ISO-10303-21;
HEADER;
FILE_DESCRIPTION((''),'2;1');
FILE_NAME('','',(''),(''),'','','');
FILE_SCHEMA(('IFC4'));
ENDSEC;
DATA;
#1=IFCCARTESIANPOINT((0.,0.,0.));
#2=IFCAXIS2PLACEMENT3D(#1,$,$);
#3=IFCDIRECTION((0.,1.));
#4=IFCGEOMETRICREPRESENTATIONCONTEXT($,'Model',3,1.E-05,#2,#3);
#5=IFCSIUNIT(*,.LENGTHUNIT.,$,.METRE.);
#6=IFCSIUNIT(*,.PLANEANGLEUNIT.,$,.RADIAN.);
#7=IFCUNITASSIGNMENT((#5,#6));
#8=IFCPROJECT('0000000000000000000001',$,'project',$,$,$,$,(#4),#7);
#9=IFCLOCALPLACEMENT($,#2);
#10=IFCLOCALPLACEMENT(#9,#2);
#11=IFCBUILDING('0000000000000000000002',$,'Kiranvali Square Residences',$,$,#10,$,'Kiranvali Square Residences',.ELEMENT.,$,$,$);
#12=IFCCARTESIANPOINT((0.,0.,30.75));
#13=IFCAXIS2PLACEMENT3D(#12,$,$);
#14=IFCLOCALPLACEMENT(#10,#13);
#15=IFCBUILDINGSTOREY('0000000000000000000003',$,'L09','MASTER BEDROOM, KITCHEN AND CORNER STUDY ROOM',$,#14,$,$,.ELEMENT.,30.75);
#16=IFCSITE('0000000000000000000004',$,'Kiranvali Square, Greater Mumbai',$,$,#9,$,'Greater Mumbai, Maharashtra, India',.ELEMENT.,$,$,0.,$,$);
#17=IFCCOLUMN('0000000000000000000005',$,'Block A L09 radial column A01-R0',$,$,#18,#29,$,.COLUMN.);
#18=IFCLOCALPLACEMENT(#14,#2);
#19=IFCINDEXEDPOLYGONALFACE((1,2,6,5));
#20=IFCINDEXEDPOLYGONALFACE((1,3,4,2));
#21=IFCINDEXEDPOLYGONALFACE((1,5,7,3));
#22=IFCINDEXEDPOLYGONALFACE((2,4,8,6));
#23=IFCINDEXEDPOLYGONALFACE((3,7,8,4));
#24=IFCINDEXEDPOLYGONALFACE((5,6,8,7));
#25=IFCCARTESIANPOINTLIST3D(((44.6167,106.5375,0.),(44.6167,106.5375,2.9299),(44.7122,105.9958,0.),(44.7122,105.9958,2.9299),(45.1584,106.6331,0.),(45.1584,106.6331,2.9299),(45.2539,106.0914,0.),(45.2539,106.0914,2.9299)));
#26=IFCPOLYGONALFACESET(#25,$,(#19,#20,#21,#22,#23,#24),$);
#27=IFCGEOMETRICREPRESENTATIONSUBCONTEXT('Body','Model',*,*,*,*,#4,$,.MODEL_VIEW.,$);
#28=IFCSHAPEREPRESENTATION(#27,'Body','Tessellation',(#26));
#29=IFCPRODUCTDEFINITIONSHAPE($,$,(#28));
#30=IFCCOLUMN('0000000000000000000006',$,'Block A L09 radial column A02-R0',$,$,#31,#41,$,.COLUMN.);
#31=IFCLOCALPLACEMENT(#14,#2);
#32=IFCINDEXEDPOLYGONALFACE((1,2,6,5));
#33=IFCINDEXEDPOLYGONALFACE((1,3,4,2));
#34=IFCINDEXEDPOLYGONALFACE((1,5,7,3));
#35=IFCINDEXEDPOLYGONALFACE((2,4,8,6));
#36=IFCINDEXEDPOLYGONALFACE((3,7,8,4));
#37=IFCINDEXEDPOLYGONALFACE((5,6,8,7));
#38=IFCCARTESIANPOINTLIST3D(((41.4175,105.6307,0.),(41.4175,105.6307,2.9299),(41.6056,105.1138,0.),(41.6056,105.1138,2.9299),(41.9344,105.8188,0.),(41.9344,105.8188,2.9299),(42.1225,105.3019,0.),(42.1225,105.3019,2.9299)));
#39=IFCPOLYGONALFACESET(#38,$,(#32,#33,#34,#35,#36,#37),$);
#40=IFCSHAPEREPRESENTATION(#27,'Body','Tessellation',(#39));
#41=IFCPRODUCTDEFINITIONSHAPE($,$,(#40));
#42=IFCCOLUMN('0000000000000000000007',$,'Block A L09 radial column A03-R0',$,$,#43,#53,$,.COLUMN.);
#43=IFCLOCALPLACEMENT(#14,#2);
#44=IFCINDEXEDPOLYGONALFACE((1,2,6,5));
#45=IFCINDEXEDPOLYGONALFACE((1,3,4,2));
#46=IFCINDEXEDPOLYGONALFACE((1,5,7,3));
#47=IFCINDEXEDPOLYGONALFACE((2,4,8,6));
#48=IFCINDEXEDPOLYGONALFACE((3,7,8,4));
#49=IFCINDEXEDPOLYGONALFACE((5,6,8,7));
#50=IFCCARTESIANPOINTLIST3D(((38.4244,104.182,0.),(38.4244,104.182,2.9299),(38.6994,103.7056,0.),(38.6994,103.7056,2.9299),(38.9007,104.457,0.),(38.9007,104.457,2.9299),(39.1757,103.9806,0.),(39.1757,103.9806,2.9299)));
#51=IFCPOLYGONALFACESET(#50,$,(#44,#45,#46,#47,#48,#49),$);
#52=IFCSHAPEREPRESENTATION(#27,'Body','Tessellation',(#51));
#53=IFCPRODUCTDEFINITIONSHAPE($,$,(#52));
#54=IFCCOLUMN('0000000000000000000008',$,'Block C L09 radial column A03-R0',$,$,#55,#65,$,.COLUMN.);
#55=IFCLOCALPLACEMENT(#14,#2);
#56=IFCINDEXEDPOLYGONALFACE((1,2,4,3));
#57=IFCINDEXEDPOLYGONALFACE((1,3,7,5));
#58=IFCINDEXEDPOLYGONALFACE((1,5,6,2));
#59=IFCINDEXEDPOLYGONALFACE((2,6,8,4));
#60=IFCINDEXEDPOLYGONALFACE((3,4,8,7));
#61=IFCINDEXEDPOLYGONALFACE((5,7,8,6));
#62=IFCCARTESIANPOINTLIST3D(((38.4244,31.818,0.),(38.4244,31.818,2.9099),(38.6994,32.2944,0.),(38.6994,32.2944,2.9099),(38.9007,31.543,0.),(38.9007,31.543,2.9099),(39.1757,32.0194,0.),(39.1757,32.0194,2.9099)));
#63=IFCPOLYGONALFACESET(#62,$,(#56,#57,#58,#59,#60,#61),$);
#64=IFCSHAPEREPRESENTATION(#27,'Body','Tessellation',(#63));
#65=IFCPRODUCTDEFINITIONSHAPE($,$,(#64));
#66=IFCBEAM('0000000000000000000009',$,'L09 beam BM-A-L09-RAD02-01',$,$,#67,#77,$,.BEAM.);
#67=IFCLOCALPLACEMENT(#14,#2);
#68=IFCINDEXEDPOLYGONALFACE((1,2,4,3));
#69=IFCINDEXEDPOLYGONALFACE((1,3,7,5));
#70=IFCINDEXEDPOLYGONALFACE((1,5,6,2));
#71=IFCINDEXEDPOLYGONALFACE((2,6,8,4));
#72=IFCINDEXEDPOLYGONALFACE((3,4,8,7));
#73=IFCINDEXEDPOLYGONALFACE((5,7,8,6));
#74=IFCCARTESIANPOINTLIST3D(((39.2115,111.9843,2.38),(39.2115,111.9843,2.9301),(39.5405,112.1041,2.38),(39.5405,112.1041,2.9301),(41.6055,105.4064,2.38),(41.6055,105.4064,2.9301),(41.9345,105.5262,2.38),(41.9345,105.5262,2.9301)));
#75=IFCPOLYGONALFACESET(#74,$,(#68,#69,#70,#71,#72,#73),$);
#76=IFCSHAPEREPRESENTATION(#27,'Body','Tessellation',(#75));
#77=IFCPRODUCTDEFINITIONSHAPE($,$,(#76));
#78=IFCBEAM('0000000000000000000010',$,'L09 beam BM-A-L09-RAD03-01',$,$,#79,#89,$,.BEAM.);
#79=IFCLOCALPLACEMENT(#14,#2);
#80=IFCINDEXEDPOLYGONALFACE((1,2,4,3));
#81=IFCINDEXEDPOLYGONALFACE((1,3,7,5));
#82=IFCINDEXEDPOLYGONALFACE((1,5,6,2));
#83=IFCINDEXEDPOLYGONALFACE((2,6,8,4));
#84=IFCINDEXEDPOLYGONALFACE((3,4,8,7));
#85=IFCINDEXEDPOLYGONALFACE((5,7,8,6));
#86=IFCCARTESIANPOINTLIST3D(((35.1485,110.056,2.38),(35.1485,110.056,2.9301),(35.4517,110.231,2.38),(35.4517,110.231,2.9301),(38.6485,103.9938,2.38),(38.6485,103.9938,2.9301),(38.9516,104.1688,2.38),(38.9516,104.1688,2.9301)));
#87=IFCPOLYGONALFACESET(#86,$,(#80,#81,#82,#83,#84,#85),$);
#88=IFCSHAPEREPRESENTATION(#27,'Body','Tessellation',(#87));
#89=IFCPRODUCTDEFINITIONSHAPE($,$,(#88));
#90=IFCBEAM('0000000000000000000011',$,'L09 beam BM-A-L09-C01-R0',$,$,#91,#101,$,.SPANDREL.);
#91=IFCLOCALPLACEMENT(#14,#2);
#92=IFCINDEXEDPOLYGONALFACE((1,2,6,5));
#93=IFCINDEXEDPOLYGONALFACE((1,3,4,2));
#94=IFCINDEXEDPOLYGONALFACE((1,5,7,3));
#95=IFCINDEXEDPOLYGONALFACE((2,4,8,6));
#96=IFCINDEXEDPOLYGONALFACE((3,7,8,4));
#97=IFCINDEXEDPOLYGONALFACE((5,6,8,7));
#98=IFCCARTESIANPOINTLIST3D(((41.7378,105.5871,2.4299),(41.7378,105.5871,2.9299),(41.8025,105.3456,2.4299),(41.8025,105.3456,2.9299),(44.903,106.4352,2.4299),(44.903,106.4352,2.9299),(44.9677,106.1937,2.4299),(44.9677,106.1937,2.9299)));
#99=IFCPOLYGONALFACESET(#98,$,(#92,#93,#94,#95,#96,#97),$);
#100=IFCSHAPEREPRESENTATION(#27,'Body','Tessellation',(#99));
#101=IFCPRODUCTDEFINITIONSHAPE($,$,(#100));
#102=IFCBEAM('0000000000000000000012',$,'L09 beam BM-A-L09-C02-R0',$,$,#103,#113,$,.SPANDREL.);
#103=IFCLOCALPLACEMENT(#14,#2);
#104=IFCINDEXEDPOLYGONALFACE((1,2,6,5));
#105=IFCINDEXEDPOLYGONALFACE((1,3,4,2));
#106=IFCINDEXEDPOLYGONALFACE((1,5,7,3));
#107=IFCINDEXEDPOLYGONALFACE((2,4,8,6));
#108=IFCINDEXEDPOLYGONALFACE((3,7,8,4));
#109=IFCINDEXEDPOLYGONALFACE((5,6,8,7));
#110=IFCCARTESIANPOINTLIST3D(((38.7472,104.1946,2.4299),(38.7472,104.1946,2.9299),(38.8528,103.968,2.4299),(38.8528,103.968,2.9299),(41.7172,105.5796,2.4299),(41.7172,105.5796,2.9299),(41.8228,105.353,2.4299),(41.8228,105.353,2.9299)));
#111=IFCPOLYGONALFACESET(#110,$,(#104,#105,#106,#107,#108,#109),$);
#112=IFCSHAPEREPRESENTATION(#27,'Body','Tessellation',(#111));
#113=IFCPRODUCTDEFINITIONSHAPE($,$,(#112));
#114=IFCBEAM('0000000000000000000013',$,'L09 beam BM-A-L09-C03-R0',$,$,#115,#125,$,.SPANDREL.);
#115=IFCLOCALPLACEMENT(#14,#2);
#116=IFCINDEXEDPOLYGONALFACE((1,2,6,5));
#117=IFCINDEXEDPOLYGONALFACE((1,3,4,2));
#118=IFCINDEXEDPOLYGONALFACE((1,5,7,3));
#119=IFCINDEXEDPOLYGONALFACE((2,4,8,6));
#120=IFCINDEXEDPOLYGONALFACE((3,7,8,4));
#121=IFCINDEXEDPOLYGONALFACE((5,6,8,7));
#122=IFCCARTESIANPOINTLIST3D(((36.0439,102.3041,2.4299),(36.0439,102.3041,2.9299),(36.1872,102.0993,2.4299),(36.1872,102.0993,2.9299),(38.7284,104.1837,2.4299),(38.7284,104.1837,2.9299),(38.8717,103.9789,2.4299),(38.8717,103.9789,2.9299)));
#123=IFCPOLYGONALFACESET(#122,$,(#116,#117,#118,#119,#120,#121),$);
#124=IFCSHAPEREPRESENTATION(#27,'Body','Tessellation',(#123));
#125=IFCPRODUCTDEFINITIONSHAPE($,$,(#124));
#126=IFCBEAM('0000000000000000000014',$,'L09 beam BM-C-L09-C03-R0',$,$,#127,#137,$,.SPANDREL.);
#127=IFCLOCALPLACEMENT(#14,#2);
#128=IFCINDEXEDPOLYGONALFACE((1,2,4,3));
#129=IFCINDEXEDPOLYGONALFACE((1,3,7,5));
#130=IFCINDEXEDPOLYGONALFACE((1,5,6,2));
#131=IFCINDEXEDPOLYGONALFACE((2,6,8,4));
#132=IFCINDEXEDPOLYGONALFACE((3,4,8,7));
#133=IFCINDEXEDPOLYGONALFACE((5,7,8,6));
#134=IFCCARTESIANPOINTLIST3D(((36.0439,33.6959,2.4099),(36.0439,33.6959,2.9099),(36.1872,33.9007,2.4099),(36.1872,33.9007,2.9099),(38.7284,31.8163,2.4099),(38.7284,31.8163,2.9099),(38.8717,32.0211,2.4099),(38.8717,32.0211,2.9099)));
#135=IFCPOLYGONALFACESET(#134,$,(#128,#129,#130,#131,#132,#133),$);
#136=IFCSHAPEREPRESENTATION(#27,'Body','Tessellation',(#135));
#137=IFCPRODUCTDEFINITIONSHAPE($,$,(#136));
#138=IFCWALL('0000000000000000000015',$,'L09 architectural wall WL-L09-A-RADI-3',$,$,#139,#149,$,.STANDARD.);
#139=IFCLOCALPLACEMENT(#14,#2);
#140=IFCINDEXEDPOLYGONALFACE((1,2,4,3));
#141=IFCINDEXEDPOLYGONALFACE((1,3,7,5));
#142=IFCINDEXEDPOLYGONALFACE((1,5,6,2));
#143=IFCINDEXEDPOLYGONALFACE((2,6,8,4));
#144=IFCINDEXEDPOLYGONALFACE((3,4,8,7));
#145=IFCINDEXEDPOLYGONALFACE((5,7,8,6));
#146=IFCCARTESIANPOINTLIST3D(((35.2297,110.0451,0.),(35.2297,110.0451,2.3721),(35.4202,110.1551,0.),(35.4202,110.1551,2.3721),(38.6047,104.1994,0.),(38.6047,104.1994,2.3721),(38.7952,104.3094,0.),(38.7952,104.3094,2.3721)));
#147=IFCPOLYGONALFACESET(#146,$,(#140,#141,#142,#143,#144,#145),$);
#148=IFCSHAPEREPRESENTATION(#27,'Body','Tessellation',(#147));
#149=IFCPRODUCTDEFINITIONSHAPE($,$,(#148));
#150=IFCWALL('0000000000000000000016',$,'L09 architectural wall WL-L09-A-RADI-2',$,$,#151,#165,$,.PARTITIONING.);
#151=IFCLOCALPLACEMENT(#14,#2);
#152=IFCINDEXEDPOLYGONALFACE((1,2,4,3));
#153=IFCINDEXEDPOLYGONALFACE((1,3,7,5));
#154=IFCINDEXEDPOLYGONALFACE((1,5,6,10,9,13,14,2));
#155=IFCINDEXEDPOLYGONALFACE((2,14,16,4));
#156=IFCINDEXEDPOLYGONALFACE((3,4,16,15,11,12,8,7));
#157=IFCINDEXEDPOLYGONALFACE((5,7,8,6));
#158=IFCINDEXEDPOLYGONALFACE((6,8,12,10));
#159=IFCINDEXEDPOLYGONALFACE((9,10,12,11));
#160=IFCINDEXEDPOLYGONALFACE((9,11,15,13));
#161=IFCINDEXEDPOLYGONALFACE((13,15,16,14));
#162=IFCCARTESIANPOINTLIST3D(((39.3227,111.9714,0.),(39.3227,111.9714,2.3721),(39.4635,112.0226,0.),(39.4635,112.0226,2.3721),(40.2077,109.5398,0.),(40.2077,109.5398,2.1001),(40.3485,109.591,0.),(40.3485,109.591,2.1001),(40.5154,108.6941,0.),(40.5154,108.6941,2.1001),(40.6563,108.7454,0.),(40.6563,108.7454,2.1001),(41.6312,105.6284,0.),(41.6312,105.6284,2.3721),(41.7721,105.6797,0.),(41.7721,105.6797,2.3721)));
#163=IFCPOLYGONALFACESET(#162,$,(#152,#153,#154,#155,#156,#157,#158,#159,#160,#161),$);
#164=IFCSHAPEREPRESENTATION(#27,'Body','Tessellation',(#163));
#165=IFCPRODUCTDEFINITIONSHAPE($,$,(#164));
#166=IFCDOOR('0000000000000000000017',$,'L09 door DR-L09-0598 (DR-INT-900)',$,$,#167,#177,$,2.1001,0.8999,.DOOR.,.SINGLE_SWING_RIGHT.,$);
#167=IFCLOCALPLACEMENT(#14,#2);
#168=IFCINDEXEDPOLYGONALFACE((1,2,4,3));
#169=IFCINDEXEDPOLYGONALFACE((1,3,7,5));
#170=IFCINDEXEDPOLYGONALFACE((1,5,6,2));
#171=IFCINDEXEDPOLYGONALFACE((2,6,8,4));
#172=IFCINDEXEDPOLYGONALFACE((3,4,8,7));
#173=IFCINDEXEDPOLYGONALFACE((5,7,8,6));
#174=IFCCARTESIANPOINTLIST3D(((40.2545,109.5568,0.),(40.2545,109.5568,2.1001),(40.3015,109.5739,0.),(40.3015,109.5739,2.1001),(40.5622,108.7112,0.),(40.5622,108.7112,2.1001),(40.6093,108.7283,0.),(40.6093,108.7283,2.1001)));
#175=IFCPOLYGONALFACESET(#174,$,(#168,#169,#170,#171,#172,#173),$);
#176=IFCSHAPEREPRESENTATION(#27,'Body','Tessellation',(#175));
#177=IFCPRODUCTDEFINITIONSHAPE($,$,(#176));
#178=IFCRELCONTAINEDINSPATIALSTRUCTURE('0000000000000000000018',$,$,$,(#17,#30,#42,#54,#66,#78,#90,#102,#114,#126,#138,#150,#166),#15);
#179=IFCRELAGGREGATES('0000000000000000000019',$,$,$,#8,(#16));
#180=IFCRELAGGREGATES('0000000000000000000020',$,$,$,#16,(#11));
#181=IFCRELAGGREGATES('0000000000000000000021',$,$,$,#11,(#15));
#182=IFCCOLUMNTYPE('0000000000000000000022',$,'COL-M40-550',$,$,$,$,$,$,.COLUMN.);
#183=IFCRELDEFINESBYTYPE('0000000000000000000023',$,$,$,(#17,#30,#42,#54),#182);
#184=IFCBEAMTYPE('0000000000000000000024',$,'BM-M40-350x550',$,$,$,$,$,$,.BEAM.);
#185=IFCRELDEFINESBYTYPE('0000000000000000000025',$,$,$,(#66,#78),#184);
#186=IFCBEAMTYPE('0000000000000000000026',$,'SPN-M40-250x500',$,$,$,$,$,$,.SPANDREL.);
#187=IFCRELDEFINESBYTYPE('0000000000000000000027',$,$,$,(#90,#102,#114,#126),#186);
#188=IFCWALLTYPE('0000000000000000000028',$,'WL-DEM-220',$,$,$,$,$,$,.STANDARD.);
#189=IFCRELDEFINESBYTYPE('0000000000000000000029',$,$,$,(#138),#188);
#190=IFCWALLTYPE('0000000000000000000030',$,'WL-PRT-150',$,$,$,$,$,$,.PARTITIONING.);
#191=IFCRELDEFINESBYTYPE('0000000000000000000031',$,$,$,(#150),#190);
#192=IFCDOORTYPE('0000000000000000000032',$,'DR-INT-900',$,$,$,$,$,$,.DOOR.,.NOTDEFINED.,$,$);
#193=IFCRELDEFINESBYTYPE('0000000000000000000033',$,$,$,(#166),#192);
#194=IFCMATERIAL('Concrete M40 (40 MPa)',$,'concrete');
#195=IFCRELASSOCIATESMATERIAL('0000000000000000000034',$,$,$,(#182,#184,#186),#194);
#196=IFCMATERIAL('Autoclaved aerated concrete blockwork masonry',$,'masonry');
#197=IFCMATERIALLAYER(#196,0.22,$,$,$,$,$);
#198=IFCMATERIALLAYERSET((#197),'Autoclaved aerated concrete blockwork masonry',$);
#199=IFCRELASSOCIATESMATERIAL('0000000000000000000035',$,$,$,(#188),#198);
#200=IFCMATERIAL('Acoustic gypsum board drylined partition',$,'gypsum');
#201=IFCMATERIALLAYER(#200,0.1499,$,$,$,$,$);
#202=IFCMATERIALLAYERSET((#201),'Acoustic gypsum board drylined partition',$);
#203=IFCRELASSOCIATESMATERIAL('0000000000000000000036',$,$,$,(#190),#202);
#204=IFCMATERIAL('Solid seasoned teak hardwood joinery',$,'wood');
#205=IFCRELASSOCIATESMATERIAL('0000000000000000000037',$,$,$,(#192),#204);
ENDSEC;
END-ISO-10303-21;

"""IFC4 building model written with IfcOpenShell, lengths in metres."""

from ifc_helpers import new_model, si_unit, direction, frame, frame_2d, origin, origin_2d, place, context, subcontext, project, spatial, rectangle, extrude, material, layer, layer_set, material_profile, profile_set, type_object, element, fill, save


model = new_model("IFC4")

# Units and contexts
model_context = context("Model", 3, precision=1e-05, world=origin(), true_north=direction((0.0, 1.0)))
body_context = subcontext(model_context, "Body", "Model", "MODEL_VIEW")
ifc_project = project(units=[si_unit("LENGTHUNIT", "METRE"), si_unit("PLANEANGLEUNIT", "RADIAN")], contexts=[model_context])

# Site, building, storey
site_placement = place(None, origin())
site = spatial("IfcSite", under=ifc_project, at=site_placement, Name="Kiranvali Square, Greater Mumbai", LongName="Greater Mumbai, Maharashtra, India", CompositionType="ELEMENT", RefElevation=0.0)
building_placement = place(site_placement, origin())
building = spatial("IfcBuilding", under=site, at=building_placement, Name="Kiranvali Square Residences", LongName="Kiranvali Square Residences", CompositionType="ELEMENT")
storey_placement = place(building_placement, frame((0.0, 0.0, 30.75)))
storey = spatial("IfcBuildingStorey", under=building, at=storey_placement, Name="L09", Description="MASTER BEDROOM, KITCHEN AND CORNER STUDY ROOM", CompositionType="ELEMENT", Elevation=30.75)

# Columns
ifc_material_1 = material(Name="Concrete M40 (40 MPa)", Category="concrete")
ifc_material_profile_1 = material_profile(ifc_material_1, rectangle(XDim=0.55, YDim=0.55, at=origin_2d()), Name="RC 550x550")
ifc_profile_set_1 = profile_set([ifc_material_profile_1], Name="Concrete M40 (40 MPa)")
column_type = type_object("IfcColumnType", Name="COL-M40-550", PredefinedType="COLUMN", material=ifc_profile_set_1)
for number, where, z_axis, x_axis, name in (
    (1, (44.9353, 106.3145, 0.0), (0.0, 0.0, 1.0), (0.984808, 0.173648, 0.0), "Block A L09 radial column A01-R0"),
    (2, (41.77, 105.4663, 0.0), (0.0, 0.0, 1.0), (0.939693, 0.34202, 0.0), "Block A L09 radial column A02-R0"),
    (3, (38.8, 104.0813, 0.0), (0.0, 0.0, 1.0), (0.866025, 0.5, 0.0), "Block A L09 radial column A03-R0"),
):
    element("IfcColumn", number, at=place(storey_placement, frame(where, z_axis=z_axis, x_axis=x_axis)), inside=storey, type_object=column_type, Name=name, PredefinedType="COLUMN", context=body_context, shape_type="SweptSolid", body=[
        extrude(rectangle(XDim=0.55, YDim=0.55, at=origin_2d()), origin(), (0.0, 0.0, 1.0), 2.9299),
    ])
column_placement = place(storey_placement, frame((38.8, 31.9187, 0.0), z_axis=(0.0, 0.0, 1.0), x_axis=(-0.866025, 0.5, 0.0)))
element("IfcColumn", 4, at=column_placement, inside=storey, type_object=column_type, Name="Block C L09 radial column A03-R0", PredefinedType="COLUMN", context=body_context, shape_type="SweptSolid", body=[
    extrude(rectangle(XDim=0.55, YDim=0.55, at=origin_2d()), origin(), (0.0, 0.0, 1.0), 2.9099),
])

# Beams
ifc_material_profile_2 = material_profile(ifc_material_1, rectangle(XDim=0.3501, YDim=0.55, at=origin_2d()), Name="RC 350x550")
ifc_profile_set_2 = profile_set([ifc_material_profile_2], Name="Concrete M40 (40 MPa)")
beam_type_1 = type_object("IfcBeamType", Name="BM-M40-350x550", PredefinedType="BEAM", material=ifc_profile_set_2)
for number, where, z_axis, x_axis, name in (
    (5, (41.77, 105.4663, 2.655), (-0.342006, 0.939698, 0.0), (-0.939698, -0.342006, 0.0), "L09 beam BM-A-L09-RAD02-01"),
    (6, (38.8, 104.0813, 2.655), (-0.499995, 0.866028, 0.0), (-0.866028, -0.499995, 0.0), "L09 beam BM-A-L09-RAD03-01"),
):
    element("IfcBeam", number, at=place(storey_placement, frame(where, z_axis=z_axis, x_axis=x_axis)), inside=storey, type_object=beam_type_1, Name=name, PredefinedType="BEAM", context=body_context, shape_type="SweptSolid", body=[
        extrude(rectangle(XDim=0.3501, YDim=0.55, at=origin_2d()), origin(), (0.0, 0.0, 1.0), 7.0),
    ])
ifc_material_profile_3 = material_profile(ifc_material_1, rectangle(XDim=0.25, YDim=0.5, at=origin_2d()), Name="RC 250x500")
ifc_profile_set_3 = profile_set([ifc_material_profile_3], Name="Concrete M40 (40 MPa)")
beam_type_2 = type_object("IfcBeamType", Name="SPN-M40-250x500", PredefinedType="SPANDREL", material=ifc_profile_set_3)
beam_placement = place(storey_placement, frame((44.9353, 106.3145, 2.6799), z_axis=(-0.965925, -0.258822, 0.0), x_axis=(0.258822, -0.965925, 0.0)))
element("IfcBeam", 7, at=beam_placement, inside=storey, type_object=beam_type_2, Name="L09 beam BM-A-L09-C01-R0", PredefinedType="SPANDREL", context=body_context, shape_type="SweptSolid", body=[
    extrude(rectangle(XDim=0.25, YDim=0.5, at=origin_2d()), origin(), (0.0, 0.0, 1.0), 3.2769),
])
for number, where, z_axis, x_axis, name in (
    (8, (41.77, 105.4663, 2.6799), (-0.906297, -0.422641, 0.0), (0.422641, -0.906297, 0.0), "L09 beam BM-A-L09-C02-R0"),
    (9, (38.8, 104.0813, 2.6799), (-0.819169, -0.573552, 0.0), (0.573552, -0.819169, 0.0), "L09 beam BM-A-L09-C03-R0"),
    (10, (38.8, 31.9187, 2.6599), (-0.819169, 0.573552, 0.0), (-0.573552, -0.819169, 0.0), "L09 beam BM-C-L09-C03-R0"),
):
    element("IfcBeam", number, at=place(storey_placement, frame(where, z_axis=z_axis, x_axis=x_axis)), inside=storey, type_object=beam_type_2, Name=name, PredefinedType="SPANDREL", context=body_context, shape_type="SweptSolid", body=[
        extrude(rectangle(XDim=0.25, YDim=0.5, at=origin_2d()), origin(), (0.0, 0.0, 1.0), 3.2771),
    ])

# Wall
ifc_material_2 = material(Name="Autoclaved aerated concrete blockwork masonry", Category="masonry")
ifc_layer_1 = layer(ifc_material_2, 0.22)
ifc_layer_set_1 = layer_set([ifc_layer_1], Name="Autoclaved aerated concrete blockwork masonry")
wall_type_1 = type_object("IfcWallType", Name="WL-DEM-220", PredefinedType="STANDARD", material=ifc_layer_set_1)
wall_1_placement = place(storey_placement, frame((38.7, 104.2544, 0.0), z_axis=(0.0, 0.0, 1.0), x_axis=(-0.499998, 0.866027, 0.0)))
element("IfcWall", 11, at=wall_1_placement, inside=storey, type_object=wall_type_1, Name="L09 architectural wall WL-L09-A-RADI-3", PredefinedType="STANDARD", context=body_context, shape_type="SweptSolid", body=[
    extrude(rectangle(XDim=6.75, YDim=0.22, at=frame_2d((3.375, 0.0))), origin(), (0.0, 0.0, 1.0), 2.3721),
])

# Wall, opening, door
ifc_material_3 = material(Name="Acoustic gypsum board drylined partition", Category="gypsum")
ifc_layer_2 = layer(ifc_material_3, 0.1499)
ifc_layer_set_2 = layer_set([ifc_layer_2], Name="Acoustic gypsum board drylined partition")
wall_type_2 = type_object("IfcWallType", Name="WL-PRT-150", PredefinedType="PARTITIONING", material=ifc_layer_set_2)
wall_2_placement = place(storey_placement, frame((41.7017, 105.6541, 0.0), z_axis=(0.0, 0.0, 1.0), x_axis=(-0.34201, 0.939696, 0.0)))
wall_2 = element("IfcWall", 12, at=wall_2_placement, inside=storey, type_object=wall_type_2, Name="L09 architectural wall WL-L09-A-RADI-2", PredefinedType="PARTITIONING", context=body_context, shape_type="SweptSolid", body=[
    extrude(rectangle(XDim=6.75, YDim=0.1499, at=frame_2d((3.375, 0.0))), origin(), (0.0, 0.0, 1.0), 2.3721),
])
opening_1_placement = place(wall_2_placement, frame((3.2625, 0.0, 0.0)))
opening_1 = element("IfcOpeningElement", 13, at=opening_1_placement, cuts=wall_2, PredefinedType="OPENING", context=body_context, shape_type="SweptSolid", body=[
    extrude(rectangle(XDim=0.8999, YDim=2.1001, at=frame_2d((0.45, 1.05))), frame((0.0, 0.085, 0.0), z_axis=(0.0, -1.0, 0.0), x_axis=(1.0, 0.0, 0.0)), (0.0, 0.0, 1.0), 0.1699),
])
ifc_material_4 = material(Name="Solid seasoned teak hardwood joinery", Category="wood")
door_type_1 = type_object("IfcDoorType", Name="DR-INT-900", OperationType="NOTDEFINED", PredefinedType="DOOR", material=ifc_material_4)
door_1_placement = place(opening_1_placement, frame((0.8999, 0.0, 0.0), z_axis=(0.0, 0.0, 1.0), x_axis=(-1.0, 0.0, 0.0)))
door_1 = element("IfcDoor", 14, at=door_1_placement, inside=storey, type_object=door_type_1, Name="L09 door DR-L09-0598 (DR-INT-900)", OperationType="SINGLE_SWING_RIGHT", OverallHeight=2.1001, OverallWidth=0.8999, PredefinedType="DOOR", context=body_context, shape_type="SweptSolid", body=[
    extrude(rectangle(XDim=0.8999, YDim=2.1001, at=frame_2d((0.45, 1.05))), frame((0.0, 0.0249, 0.0), z_axis=(0.0, -1.0, 0.0), x_axis=(1.0, 0.0, 0.0)), (0.0, 0.0, 1.0), 0.05),
])
fill(opening_1, door_1)

save(model, "model.ifc")
